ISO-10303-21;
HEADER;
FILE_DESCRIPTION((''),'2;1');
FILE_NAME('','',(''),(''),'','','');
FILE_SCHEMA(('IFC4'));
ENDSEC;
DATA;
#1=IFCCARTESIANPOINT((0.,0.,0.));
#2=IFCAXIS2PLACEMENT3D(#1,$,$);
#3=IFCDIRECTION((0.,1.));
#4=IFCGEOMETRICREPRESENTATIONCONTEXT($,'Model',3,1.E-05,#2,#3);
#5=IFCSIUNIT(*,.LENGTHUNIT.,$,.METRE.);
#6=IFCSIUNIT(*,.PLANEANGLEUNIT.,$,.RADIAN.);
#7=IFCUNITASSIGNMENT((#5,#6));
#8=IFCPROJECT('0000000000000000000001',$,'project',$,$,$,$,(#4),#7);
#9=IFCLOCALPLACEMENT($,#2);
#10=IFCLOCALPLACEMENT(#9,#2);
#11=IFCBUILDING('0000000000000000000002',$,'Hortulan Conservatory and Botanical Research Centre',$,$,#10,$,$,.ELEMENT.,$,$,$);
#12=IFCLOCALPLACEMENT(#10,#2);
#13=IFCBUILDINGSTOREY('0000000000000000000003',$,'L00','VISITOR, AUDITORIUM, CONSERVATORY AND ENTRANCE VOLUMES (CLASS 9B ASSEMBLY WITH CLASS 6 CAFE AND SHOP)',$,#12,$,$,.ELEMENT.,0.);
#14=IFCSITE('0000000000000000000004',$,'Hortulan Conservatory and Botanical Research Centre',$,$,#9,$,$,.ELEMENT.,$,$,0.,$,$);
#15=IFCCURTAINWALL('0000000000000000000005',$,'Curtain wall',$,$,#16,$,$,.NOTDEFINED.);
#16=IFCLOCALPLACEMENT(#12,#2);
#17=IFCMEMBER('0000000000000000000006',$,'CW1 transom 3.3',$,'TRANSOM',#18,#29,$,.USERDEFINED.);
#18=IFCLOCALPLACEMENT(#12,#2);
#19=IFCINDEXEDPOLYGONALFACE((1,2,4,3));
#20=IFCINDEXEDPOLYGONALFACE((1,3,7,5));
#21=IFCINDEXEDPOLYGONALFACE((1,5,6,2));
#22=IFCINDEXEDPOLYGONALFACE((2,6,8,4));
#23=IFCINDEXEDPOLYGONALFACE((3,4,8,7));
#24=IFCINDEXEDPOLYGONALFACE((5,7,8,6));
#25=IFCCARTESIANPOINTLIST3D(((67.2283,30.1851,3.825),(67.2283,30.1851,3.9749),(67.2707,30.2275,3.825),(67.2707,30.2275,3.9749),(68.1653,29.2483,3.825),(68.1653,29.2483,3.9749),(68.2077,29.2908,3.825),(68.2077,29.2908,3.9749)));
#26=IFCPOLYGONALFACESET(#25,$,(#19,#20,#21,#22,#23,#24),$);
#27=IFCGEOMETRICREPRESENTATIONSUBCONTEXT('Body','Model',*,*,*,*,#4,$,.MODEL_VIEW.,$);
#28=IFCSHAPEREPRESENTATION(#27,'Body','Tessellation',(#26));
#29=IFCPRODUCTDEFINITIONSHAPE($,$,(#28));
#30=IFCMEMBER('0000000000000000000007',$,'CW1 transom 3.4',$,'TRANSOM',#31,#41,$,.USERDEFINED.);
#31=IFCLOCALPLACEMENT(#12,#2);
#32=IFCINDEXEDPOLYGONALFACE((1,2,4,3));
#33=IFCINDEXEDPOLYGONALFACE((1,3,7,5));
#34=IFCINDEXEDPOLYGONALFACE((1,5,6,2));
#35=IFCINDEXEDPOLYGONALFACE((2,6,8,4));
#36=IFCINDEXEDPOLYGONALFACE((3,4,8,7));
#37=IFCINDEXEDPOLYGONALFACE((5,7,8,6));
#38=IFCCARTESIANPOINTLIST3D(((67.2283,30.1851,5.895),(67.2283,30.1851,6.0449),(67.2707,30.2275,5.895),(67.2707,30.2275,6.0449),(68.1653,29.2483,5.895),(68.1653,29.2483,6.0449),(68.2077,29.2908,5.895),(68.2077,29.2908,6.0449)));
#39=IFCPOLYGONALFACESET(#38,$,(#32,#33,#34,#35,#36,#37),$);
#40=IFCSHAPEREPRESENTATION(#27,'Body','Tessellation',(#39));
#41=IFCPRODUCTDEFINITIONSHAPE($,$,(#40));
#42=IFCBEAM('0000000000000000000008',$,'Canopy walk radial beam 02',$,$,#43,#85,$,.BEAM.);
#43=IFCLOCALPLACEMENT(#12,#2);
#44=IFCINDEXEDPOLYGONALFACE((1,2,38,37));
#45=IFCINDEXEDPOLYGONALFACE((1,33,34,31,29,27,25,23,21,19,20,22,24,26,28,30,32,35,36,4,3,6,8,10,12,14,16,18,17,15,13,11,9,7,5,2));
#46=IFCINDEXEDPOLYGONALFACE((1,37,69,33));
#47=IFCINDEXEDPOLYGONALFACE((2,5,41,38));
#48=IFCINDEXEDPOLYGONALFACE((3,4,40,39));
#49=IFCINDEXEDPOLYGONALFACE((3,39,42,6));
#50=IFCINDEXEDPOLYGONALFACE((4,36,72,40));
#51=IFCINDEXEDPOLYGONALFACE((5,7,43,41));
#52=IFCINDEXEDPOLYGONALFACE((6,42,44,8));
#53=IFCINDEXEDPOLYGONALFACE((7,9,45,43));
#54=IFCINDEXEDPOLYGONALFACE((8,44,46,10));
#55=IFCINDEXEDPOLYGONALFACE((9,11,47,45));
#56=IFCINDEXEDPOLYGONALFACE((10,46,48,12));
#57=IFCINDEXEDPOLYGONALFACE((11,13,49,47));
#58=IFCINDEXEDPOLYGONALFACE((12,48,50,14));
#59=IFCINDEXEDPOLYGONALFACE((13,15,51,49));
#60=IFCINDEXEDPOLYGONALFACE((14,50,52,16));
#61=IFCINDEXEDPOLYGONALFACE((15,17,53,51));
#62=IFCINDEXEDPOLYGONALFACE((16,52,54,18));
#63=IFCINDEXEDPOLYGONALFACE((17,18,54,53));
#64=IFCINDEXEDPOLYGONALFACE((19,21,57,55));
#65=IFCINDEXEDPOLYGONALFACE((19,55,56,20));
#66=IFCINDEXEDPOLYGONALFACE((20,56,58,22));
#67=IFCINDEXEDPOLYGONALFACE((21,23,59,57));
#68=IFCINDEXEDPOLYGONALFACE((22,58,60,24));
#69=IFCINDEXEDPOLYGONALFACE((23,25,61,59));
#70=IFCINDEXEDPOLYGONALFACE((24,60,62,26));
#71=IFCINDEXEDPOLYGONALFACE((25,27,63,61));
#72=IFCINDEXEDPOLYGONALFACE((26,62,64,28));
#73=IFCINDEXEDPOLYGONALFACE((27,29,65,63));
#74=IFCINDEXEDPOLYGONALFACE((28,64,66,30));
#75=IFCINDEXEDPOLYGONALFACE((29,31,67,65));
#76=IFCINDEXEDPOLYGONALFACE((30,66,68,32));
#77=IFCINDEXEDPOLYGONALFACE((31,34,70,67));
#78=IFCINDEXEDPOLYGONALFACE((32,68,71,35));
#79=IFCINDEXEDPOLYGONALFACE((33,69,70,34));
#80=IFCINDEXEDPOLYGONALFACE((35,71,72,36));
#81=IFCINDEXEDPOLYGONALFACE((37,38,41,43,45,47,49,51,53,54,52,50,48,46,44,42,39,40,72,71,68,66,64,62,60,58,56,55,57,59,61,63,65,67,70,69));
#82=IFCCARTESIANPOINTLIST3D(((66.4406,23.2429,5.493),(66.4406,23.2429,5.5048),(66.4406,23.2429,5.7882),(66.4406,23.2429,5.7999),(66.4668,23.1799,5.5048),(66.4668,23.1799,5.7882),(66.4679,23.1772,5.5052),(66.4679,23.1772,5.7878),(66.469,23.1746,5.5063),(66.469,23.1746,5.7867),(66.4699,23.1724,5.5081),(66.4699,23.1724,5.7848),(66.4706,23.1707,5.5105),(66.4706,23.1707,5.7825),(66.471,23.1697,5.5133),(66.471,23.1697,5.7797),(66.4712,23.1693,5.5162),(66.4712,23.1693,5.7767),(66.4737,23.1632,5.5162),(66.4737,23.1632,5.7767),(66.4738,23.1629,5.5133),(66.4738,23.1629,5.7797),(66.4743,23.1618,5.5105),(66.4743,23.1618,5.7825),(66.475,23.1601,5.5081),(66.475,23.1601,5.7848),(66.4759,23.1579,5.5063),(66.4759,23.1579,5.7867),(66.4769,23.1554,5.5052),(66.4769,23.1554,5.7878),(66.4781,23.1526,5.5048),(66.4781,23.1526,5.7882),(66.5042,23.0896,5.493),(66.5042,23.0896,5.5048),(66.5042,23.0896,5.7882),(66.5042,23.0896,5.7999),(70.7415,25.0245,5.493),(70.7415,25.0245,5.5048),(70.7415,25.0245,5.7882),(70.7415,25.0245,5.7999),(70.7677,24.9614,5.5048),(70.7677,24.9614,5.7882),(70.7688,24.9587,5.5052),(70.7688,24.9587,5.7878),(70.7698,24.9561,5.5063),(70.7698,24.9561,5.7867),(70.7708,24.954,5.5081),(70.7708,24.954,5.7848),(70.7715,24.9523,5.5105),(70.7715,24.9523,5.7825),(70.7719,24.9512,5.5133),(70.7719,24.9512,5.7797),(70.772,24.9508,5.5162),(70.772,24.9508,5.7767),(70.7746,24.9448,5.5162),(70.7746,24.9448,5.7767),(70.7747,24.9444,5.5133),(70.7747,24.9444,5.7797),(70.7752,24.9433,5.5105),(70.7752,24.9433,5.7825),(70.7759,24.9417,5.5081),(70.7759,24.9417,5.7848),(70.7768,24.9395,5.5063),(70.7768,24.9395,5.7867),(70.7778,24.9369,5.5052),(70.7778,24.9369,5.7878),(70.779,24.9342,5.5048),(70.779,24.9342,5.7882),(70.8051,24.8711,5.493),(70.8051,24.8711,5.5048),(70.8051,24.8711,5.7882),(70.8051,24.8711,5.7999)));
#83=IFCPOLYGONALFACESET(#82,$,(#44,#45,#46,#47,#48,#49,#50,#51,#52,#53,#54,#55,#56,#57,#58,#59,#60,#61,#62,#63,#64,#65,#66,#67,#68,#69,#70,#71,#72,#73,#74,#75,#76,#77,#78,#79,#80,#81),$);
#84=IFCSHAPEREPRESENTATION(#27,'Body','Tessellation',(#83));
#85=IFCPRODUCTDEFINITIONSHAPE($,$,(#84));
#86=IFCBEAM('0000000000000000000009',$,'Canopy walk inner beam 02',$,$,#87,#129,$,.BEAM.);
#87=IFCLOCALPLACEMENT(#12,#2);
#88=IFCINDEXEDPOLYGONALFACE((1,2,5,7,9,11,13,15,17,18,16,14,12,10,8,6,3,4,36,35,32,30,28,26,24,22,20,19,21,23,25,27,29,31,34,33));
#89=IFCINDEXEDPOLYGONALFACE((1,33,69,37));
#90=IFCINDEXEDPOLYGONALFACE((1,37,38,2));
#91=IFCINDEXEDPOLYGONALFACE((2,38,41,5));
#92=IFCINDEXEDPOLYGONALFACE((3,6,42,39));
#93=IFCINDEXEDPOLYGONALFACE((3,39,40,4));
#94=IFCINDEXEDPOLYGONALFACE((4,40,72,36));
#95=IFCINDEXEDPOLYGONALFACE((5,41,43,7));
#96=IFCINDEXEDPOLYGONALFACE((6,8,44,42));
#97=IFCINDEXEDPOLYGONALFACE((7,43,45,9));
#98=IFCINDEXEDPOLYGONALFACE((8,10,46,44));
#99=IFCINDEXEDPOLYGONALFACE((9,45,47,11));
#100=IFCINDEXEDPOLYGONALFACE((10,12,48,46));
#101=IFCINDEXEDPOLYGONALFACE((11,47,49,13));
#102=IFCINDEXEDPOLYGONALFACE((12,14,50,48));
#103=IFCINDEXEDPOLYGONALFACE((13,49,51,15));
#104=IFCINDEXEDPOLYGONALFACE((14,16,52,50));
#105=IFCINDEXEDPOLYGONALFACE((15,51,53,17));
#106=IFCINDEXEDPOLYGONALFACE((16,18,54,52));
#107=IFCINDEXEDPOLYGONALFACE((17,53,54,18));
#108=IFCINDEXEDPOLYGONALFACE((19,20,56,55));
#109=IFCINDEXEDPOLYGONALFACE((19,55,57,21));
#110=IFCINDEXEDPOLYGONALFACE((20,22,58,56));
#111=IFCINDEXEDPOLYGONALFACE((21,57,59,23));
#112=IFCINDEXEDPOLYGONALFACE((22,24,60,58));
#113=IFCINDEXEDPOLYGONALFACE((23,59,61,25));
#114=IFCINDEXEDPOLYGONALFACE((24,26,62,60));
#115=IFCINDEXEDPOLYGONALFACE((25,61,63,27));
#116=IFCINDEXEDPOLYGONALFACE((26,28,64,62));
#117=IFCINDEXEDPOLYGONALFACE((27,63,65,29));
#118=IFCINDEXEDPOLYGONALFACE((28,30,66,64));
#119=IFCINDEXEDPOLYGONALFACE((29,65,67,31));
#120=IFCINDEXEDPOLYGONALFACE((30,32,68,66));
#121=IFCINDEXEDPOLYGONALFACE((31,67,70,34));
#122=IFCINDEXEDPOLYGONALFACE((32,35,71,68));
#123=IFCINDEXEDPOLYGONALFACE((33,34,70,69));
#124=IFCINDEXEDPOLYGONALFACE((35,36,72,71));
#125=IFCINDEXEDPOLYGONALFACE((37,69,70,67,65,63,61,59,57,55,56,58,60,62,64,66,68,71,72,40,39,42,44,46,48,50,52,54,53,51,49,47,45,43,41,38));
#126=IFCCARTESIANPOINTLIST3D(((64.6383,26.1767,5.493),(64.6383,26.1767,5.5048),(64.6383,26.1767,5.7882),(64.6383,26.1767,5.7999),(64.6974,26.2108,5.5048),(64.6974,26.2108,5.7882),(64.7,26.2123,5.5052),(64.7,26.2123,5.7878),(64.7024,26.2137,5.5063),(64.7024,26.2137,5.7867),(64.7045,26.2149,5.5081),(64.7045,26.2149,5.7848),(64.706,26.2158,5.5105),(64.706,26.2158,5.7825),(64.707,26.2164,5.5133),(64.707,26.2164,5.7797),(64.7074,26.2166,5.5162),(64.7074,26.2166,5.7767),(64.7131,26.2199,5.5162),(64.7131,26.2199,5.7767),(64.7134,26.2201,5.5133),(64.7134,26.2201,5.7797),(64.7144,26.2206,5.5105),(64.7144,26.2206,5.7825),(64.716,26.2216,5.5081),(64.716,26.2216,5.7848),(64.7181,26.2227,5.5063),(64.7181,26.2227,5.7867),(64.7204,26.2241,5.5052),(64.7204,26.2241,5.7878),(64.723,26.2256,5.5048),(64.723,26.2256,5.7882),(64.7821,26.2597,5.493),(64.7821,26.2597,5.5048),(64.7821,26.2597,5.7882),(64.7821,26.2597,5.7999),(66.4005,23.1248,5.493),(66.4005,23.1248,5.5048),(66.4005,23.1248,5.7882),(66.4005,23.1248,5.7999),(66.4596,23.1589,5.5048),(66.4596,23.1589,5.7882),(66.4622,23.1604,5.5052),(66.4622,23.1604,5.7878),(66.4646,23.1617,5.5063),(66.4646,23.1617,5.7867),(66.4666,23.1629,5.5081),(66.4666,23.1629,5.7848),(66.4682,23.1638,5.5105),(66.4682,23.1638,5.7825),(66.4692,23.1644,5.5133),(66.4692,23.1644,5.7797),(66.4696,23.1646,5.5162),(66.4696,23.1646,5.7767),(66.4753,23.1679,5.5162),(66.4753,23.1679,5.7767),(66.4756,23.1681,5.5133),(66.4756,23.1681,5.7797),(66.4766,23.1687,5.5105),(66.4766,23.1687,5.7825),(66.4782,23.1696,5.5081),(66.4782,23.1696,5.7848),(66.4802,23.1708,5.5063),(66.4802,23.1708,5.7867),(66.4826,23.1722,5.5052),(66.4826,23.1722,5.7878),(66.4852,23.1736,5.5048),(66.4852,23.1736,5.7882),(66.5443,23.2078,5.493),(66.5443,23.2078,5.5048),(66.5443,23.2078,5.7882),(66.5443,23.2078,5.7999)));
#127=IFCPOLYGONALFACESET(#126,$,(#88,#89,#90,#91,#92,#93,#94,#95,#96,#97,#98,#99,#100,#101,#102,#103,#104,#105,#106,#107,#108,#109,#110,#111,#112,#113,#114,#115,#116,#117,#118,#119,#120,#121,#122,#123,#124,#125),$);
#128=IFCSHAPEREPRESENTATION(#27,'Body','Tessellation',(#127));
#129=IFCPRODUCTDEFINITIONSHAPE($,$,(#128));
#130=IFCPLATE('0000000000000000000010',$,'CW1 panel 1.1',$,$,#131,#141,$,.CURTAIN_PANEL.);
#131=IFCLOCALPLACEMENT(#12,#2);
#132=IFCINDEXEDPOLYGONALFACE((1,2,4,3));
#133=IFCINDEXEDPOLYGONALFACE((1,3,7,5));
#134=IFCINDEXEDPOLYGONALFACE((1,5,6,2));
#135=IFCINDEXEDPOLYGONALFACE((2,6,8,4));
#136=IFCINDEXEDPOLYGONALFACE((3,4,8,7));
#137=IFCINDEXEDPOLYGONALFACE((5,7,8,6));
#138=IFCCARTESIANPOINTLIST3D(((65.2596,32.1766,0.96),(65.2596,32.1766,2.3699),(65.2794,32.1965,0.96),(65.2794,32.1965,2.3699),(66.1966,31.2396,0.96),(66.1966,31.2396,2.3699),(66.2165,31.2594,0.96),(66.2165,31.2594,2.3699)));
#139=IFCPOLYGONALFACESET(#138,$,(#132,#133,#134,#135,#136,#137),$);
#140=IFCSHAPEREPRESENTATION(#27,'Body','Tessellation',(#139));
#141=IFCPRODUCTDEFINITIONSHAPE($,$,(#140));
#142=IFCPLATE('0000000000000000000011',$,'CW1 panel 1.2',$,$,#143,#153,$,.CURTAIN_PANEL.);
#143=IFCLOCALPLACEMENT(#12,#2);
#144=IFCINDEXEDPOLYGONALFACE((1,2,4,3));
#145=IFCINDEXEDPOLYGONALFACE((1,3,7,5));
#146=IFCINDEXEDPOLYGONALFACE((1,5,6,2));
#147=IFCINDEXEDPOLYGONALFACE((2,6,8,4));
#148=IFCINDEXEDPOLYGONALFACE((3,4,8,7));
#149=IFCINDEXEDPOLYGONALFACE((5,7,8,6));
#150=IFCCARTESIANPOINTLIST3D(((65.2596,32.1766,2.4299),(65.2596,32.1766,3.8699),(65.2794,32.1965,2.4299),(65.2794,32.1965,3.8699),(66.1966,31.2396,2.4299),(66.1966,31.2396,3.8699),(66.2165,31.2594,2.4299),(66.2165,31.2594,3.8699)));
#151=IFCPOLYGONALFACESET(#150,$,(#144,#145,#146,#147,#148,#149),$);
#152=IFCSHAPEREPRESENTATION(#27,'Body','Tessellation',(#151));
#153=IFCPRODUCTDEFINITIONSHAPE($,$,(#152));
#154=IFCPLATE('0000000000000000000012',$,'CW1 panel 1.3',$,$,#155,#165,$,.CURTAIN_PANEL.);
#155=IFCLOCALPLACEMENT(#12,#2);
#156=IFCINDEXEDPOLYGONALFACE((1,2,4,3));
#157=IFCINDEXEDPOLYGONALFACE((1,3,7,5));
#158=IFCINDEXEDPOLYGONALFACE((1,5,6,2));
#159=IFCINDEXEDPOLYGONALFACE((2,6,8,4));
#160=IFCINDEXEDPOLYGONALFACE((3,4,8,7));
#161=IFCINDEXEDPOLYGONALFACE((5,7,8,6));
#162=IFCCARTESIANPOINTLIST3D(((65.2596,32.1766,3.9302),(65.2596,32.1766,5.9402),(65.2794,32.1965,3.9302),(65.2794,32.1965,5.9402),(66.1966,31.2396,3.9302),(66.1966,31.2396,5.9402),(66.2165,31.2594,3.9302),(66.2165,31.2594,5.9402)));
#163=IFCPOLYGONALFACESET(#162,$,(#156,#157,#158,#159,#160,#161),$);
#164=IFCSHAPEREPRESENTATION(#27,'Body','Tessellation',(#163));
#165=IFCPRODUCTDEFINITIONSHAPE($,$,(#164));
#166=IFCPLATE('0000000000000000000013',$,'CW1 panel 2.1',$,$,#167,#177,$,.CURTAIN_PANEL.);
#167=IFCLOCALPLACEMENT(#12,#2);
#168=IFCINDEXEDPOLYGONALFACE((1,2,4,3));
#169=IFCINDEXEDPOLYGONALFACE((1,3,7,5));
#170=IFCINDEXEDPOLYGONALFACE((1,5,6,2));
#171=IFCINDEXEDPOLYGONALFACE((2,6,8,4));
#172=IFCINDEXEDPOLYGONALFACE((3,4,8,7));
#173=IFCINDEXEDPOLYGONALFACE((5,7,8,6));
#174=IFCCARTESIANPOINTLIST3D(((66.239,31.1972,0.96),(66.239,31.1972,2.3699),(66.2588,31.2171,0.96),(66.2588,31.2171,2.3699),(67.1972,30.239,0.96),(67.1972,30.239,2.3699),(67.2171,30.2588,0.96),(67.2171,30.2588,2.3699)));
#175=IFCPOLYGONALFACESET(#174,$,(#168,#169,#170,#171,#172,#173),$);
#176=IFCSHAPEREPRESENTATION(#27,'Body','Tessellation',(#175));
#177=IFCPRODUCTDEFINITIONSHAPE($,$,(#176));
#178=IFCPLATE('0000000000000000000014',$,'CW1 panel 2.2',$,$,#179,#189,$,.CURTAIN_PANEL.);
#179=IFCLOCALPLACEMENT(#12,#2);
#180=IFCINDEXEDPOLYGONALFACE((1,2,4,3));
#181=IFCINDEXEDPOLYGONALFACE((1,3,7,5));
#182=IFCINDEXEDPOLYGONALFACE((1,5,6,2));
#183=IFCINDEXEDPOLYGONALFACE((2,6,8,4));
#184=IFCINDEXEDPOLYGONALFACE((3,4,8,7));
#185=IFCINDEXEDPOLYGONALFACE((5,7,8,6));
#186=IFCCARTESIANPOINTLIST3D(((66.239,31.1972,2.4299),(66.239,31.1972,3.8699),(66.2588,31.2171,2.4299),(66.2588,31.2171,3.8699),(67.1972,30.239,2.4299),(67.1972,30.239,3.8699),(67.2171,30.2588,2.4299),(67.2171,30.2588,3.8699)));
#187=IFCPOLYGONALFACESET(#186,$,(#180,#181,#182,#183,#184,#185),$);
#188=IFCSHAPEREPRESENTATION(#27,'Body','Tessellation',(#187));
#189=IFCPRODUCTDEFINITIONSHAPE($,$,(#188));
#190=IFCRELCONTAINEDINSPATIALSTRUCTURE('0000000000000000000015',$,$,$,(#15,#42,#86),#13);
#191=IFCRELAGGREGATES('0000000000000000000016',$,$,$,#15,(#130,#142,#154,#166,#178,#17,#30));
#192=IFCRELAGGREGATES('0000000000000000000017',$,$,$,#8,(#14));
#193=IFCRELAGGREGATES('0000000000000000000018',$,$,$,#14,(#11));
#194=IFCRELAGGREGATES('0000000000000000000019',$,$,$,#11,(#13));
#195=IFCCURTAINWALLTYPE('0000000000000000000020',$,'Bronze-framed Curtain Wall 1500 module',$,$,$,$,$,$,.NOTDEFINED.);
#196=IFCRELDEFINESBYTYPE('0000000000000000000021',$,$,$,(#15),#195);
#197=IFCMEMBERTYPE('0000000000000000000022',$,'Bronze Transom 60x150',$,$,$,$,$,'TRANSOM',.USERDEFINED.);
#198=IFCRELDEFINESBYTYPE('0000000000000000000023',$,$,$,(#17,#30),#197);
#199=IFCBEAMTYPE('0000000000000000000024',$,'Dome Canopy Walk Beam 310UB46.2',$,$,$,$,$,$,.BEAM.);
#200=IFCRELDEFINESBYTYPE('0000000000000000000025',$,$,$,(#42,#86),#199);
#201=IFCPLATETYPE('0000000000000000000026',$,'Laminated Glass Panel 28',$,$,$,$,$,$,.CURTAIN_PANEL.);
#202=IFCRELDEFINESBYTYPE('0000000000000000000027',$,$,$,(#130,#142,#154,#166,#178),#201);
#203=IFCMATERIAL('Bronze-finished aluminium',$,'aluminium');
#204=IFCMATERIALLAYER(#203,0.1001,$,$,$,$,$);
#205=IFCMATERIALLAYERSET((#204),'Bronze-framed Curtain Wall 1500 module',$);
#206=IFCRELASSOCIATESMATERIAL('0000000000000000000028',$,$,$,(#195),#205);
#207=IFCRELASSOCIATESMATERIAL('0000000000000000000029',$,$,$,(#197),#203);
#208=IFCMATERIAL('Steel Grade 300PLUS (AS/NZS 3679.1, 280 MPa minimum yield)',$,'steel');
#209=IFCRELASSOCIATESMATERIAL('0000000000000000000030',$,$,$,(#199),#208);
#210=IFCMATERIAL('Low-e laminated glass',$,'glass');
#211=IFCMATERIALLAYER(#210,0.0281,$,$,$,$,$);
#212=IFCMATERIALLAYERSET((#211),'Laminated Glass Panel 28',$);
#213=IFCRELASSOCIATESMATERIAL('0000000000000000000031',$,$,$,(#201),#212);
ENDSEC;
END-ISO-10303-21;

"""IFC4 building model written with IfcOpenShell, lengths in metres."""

from ifc_helpers import new_model, si_unit, direction, frame, origin, origin_2d, place, context, subcontext, project, spatial, rectangle, i_section, extrude, material, layer, layer_set, material_profile, profile_set, type_object, element, aggregate, save


model = new_model("IFC4")

# Units and contexts
model_context = context("Model", 3, precision=1e-05, world=origin(), true_north=direction((0.0, 1.0)))
body_context = subcontext(model_context, "Body", "Model", "MODEL_VIEW")
ifc_project = project(units=[si_unit("LENGTHUNIT", "METRE"), si_unit("PLANEANGLEUNIT", "RADIAN")], contexts=[model_context])

# Site, building, storey
site_placement = place(None, origin())
site = spatial("IfcSite", under=ifc_project, at=site_placement, Name="Hortulan Conservatory and Botanical Research Centre", CompositionType="ELEMENT", RefElevation=0.0)
building_placement = place(site_placement, origin())
building = spatial("IfcBuilding", under=site, at=building_placement, Name="Hortulan Conservatory and Botanical Research Centre", CompositionType="ELEMENT")
storey_placement = place(building_placement, origin())
storey = spatial("IfcBuildingStorey", under=building, at=storey_placement, Name="L00", Description="VISITOR, AUDITORIUM, CONSERVATORY AND ENTRANCE VOLUMES (CLASS 9B ASSEMBLY WITH CLASS 6 CAFE AND SHOP)", CompositionType="ELEMENT", Elevation=0.0)

# Curtain wall, members
ifc_material_1 = material(Name="Bronze-finished aluminium", Category="aluminium")
ifc_layer_1 = layer(ifc_material_1, 0.1001)
ifc_layer_set_1 = layer_set([ifc_layer_1], Name="Bronze-framed Curtain Wall 1500 module")
curtain_wall_type = type_object("IfcCurtainWallType", Name="Bronze-framed Curtain Wall 1500 module", PredefinedType="NOTDEFINED", material=ifc_layer_set_1)
curtain_wall_placement = place(storey_placement, origin())
curtain_wall = element("IfcCurtainWall", 1, at=curtain_wall_placement, inside=storey, type_object=curtain_wall_type, Name="Curtain wall", PredefinedType="NOTDEFINED")
ifc_material_profile_1 = material_profile(ifc_material_1, rectangle(XDim=0.0601, YDim=0.1499, at=origin_2d()), Name="Bronze Transom 60x150")
ifc_profile_set_1 = profile_set([ifc_material_profile_1], Name="Bronze-finished aluminium")
member_type_1 = type_object("IfcMemberType", Name="Bronze Transom 60x150", ElementType="TRANSOM", PredefinedType="USERDEFINED", material=ifc_profile_set_1)
member_1_placement = place(storey_placement, frame((67.2495, 30.2063, 3.8999), z_axis=(0.707199, -0.707015, 0.0), x_axis=(0.707015, 0.707199, 0.0)))
member_1 = element("IfcMember", 2, at=member_1_placement, type_object=member_type_1, Name="CW1 transom 3.3", ObjectType="TRANSOM", PredefinedType="USERDEFINED", context=body_context, shape_type="SweptSolid", body=[
    extrude(rectangle(XDim=0.0601, YDim=0.1499, at=origin_2d()), origin(), (0.0, 0.0, 1.0), 1.325),
])
member_2_placement = place(storey_placement, frame((67.2495, 30.2063, 5.97), z_axis=(0.707199, -0.707015, 0.0), x_axis=(0.707015, 0.707199, 0.0)))
member_2 = element("IfcMember", 3, at=member_2_placement, type_object=member_type_1, Name="CW1 transom 3.4", ObjectType="TRANSOM", PredefinedType="USERDEFINED", context=body_context, shape_type="SweptSolid", body=[
    extrude(rectangle(XDim=0.0601, YDim=0.1499, at=origin_2d()), origin(), (0.0, 0.0, 1.0), 1.325),
])

# Beams
ifc_material_2 = material(Name="Steel Grade 300PLUS (AS/NZS 3679.1, 280 MPa minimum yield)", Category="steel")
ifc_material_profile_2 = material_profile(ifc_material_2, i_section(OverallWidth=0.166, OverallDepth=0.3069, WebThickness=0.0066, FlangeThickness=0.0117, FilletRadius=0.0115, at=origin_2d()), Name="310UB46.2")
ifc_profile_set_2 = profile_set([ifc_material_profile_2], Name="Steel Grade 300PLUS (AS/NZS 3679.1, 280 MPa minimum yield)")
beam_type = type_object("IfcBeamType", Name="Dome Canopy Walk Beam 310UB46.2", PredefinedType="BEAM", material=ifc_profile_set_2)
beam_1_placement = place(storey_placement, frame((66.4724, 23.1663, 5.6465), z_axis=(0.923876, 0.382693, 0.0), x_axis=(-0.382693, 0.923876, 0.0)))
element("IfcBeam", 4, at=beam_1_placement, inside=storey, type_object=beam_type, Name="Canopy walk radial beam 02", PredefinedType="BEAM", context=body_context, shape_type="SweptSolid", body=[
    extrude(i_section(OverallWidth=0.166, OverallDepth=0.3069, WebThickness=0.0066, FlangeThickness=0.0117, FilletRadius=0.0115, at=origin_2d()), origin(), (0.0, 0.0, 1.0), 4.6553),
])
beam_2_placement = place(storey_placement, frame((66.4724, 23.1663, 5.6465), z_axis=(-0.500028, 0.866009, 0.0), x_axis=(-0.866009, -0.500028, 0.0)))
element("IfcBeam", 5, at=beam_2_placement, inside=storey, type_object=beam_type, Name="Canopy walk inner beam 02", PredefinedType="BEAM", context=body_context, shape_type="SweptSolid", body=[
    extrude(i_section(OverallWidth=0.166, OverallDepth=0.3069, WebThickness=0.0066, FlangeThickness=0.0117, FilletRadius=0.0115, at=origin_2d()), origin(), (0.0, 0.0, 1.0), 3.5242),
])

# Plates
ifc_material_3 = material(Name="Low-e laminated glass", Category="glass")
ifc_layer_2 = layer(ifc_material_3, 0.0281)
ifc_layer_set_2 = layer_set([ifc_layer_2], Name="Laminated Glass Panel 28")
plate_type = type_object("IfcPlateType", Name="Laminated Glass Panel 28", PredefinedType="CURTAIN_PANEL", material=ifc_layer_set_2)
plate_1_placement = place(storey_placement, frame((65.738, 31.718, 0.96), z_axis=(0.0, 0.0, 1.0), x_axis=(0.707107, -0.707107, 0.0)))
plate_1 = element("IfcPlate", 6, at=plate_1_placement, type_object=plate_type, Name="CW1 panel 1.1", PredefinedType="CURTAIN_PANEL", context=body_context, shape_type="SweptSolid", body=[
    extrude(rectangle(XDim=1.3252, YDim=0.0281, at=origin_2d()), origin(), (0.0, 0.0, 1.0), 1.4099),
])
plate_2_placement = place(storey_placement, frame((65.738, 31.718, 2.4299), z_axis=(0.0, 0.0, 1.0), x_axis=(0.707107, -0.707107, 0.0)))
plate_2 = element("IfcPlate", 7, at=plate_2_placement, type_object=plate_type, Name="CW1 panel 1.2", PredefinedType="CURTAIN_PANEL", context=body_context, shape_type="SweptSolid", body=[
    extrude(rectangle(XDim=1.3252, YDim=0.0281, at=origin_2d()), origin(), (0.0, 0.0, 1.0), 1.4399),
])
plate_3_placement = place(storey_placement, frame((65.738, 31.718, 3.9302), z_axis=(0.0, 0.0, 1.0), x_axis=(0.707107, -0.707107, 0.0)))
plate_3 = element("IfcPlate", 8, at=plate_3_placement, type_object=plate_type, Name="CW1 panel 1.3", PredefinedType="CURTAIN_PANEL", context=body_context, shape_type="SweptSolid", body=[
    extrude(rectangle(XDim=1.3252, YDim=0.0281, at=origin_2d()), origin(), (0.0, 0.0, 1.0), 2.01),
])
plate_4_placement = place(storey_placement, frame((66.728, 30.728, 0.96), z_axis=(0.0, 0.0, 1.0), x_axis=(0.707107, -0.707107, 0.0)))
plate_4 = element("IfcPlate", 9, at=plate_4_placement, type_object=plate_type, Name="CW1 panel 2.1", PredefinedType="CURTAIN_PANEL", context=body_context, shape_type="SweptSolid", body=[
    extrude(rectangle(XDim=1.3552, YDim=0.0281, at=origin_2d()), origin(), (0.0, 0.0, 1.0), 1.4099),
])
plate_5_placement = place(storey_placement, frame((66.728, 30.728, 2.4299), z_axis=(0.0, 0.0, 1.0), x_axis=(0.707107, -0.707107, 0.0)))
plate_5 = element("IfcPlate", 10, at=plate_5_placement, type_object=plate_type, Name="CW1 panel 2.2", PredefinedType="CURTAIN_PANEL", context=body_context, shape_type="SweptSolid", body=[
    extrude(rectangle(XDim=1.3552, YDim=0.0281, at=origin_2d()), origin(), (0.0, 0.0, 1.0), 1.4399),
])
aggregate(curtain_wall, [plate_1, plate_2, plate_3, plate_4, plate_5, member_1, member_2])

save(model, "model.ifc")
